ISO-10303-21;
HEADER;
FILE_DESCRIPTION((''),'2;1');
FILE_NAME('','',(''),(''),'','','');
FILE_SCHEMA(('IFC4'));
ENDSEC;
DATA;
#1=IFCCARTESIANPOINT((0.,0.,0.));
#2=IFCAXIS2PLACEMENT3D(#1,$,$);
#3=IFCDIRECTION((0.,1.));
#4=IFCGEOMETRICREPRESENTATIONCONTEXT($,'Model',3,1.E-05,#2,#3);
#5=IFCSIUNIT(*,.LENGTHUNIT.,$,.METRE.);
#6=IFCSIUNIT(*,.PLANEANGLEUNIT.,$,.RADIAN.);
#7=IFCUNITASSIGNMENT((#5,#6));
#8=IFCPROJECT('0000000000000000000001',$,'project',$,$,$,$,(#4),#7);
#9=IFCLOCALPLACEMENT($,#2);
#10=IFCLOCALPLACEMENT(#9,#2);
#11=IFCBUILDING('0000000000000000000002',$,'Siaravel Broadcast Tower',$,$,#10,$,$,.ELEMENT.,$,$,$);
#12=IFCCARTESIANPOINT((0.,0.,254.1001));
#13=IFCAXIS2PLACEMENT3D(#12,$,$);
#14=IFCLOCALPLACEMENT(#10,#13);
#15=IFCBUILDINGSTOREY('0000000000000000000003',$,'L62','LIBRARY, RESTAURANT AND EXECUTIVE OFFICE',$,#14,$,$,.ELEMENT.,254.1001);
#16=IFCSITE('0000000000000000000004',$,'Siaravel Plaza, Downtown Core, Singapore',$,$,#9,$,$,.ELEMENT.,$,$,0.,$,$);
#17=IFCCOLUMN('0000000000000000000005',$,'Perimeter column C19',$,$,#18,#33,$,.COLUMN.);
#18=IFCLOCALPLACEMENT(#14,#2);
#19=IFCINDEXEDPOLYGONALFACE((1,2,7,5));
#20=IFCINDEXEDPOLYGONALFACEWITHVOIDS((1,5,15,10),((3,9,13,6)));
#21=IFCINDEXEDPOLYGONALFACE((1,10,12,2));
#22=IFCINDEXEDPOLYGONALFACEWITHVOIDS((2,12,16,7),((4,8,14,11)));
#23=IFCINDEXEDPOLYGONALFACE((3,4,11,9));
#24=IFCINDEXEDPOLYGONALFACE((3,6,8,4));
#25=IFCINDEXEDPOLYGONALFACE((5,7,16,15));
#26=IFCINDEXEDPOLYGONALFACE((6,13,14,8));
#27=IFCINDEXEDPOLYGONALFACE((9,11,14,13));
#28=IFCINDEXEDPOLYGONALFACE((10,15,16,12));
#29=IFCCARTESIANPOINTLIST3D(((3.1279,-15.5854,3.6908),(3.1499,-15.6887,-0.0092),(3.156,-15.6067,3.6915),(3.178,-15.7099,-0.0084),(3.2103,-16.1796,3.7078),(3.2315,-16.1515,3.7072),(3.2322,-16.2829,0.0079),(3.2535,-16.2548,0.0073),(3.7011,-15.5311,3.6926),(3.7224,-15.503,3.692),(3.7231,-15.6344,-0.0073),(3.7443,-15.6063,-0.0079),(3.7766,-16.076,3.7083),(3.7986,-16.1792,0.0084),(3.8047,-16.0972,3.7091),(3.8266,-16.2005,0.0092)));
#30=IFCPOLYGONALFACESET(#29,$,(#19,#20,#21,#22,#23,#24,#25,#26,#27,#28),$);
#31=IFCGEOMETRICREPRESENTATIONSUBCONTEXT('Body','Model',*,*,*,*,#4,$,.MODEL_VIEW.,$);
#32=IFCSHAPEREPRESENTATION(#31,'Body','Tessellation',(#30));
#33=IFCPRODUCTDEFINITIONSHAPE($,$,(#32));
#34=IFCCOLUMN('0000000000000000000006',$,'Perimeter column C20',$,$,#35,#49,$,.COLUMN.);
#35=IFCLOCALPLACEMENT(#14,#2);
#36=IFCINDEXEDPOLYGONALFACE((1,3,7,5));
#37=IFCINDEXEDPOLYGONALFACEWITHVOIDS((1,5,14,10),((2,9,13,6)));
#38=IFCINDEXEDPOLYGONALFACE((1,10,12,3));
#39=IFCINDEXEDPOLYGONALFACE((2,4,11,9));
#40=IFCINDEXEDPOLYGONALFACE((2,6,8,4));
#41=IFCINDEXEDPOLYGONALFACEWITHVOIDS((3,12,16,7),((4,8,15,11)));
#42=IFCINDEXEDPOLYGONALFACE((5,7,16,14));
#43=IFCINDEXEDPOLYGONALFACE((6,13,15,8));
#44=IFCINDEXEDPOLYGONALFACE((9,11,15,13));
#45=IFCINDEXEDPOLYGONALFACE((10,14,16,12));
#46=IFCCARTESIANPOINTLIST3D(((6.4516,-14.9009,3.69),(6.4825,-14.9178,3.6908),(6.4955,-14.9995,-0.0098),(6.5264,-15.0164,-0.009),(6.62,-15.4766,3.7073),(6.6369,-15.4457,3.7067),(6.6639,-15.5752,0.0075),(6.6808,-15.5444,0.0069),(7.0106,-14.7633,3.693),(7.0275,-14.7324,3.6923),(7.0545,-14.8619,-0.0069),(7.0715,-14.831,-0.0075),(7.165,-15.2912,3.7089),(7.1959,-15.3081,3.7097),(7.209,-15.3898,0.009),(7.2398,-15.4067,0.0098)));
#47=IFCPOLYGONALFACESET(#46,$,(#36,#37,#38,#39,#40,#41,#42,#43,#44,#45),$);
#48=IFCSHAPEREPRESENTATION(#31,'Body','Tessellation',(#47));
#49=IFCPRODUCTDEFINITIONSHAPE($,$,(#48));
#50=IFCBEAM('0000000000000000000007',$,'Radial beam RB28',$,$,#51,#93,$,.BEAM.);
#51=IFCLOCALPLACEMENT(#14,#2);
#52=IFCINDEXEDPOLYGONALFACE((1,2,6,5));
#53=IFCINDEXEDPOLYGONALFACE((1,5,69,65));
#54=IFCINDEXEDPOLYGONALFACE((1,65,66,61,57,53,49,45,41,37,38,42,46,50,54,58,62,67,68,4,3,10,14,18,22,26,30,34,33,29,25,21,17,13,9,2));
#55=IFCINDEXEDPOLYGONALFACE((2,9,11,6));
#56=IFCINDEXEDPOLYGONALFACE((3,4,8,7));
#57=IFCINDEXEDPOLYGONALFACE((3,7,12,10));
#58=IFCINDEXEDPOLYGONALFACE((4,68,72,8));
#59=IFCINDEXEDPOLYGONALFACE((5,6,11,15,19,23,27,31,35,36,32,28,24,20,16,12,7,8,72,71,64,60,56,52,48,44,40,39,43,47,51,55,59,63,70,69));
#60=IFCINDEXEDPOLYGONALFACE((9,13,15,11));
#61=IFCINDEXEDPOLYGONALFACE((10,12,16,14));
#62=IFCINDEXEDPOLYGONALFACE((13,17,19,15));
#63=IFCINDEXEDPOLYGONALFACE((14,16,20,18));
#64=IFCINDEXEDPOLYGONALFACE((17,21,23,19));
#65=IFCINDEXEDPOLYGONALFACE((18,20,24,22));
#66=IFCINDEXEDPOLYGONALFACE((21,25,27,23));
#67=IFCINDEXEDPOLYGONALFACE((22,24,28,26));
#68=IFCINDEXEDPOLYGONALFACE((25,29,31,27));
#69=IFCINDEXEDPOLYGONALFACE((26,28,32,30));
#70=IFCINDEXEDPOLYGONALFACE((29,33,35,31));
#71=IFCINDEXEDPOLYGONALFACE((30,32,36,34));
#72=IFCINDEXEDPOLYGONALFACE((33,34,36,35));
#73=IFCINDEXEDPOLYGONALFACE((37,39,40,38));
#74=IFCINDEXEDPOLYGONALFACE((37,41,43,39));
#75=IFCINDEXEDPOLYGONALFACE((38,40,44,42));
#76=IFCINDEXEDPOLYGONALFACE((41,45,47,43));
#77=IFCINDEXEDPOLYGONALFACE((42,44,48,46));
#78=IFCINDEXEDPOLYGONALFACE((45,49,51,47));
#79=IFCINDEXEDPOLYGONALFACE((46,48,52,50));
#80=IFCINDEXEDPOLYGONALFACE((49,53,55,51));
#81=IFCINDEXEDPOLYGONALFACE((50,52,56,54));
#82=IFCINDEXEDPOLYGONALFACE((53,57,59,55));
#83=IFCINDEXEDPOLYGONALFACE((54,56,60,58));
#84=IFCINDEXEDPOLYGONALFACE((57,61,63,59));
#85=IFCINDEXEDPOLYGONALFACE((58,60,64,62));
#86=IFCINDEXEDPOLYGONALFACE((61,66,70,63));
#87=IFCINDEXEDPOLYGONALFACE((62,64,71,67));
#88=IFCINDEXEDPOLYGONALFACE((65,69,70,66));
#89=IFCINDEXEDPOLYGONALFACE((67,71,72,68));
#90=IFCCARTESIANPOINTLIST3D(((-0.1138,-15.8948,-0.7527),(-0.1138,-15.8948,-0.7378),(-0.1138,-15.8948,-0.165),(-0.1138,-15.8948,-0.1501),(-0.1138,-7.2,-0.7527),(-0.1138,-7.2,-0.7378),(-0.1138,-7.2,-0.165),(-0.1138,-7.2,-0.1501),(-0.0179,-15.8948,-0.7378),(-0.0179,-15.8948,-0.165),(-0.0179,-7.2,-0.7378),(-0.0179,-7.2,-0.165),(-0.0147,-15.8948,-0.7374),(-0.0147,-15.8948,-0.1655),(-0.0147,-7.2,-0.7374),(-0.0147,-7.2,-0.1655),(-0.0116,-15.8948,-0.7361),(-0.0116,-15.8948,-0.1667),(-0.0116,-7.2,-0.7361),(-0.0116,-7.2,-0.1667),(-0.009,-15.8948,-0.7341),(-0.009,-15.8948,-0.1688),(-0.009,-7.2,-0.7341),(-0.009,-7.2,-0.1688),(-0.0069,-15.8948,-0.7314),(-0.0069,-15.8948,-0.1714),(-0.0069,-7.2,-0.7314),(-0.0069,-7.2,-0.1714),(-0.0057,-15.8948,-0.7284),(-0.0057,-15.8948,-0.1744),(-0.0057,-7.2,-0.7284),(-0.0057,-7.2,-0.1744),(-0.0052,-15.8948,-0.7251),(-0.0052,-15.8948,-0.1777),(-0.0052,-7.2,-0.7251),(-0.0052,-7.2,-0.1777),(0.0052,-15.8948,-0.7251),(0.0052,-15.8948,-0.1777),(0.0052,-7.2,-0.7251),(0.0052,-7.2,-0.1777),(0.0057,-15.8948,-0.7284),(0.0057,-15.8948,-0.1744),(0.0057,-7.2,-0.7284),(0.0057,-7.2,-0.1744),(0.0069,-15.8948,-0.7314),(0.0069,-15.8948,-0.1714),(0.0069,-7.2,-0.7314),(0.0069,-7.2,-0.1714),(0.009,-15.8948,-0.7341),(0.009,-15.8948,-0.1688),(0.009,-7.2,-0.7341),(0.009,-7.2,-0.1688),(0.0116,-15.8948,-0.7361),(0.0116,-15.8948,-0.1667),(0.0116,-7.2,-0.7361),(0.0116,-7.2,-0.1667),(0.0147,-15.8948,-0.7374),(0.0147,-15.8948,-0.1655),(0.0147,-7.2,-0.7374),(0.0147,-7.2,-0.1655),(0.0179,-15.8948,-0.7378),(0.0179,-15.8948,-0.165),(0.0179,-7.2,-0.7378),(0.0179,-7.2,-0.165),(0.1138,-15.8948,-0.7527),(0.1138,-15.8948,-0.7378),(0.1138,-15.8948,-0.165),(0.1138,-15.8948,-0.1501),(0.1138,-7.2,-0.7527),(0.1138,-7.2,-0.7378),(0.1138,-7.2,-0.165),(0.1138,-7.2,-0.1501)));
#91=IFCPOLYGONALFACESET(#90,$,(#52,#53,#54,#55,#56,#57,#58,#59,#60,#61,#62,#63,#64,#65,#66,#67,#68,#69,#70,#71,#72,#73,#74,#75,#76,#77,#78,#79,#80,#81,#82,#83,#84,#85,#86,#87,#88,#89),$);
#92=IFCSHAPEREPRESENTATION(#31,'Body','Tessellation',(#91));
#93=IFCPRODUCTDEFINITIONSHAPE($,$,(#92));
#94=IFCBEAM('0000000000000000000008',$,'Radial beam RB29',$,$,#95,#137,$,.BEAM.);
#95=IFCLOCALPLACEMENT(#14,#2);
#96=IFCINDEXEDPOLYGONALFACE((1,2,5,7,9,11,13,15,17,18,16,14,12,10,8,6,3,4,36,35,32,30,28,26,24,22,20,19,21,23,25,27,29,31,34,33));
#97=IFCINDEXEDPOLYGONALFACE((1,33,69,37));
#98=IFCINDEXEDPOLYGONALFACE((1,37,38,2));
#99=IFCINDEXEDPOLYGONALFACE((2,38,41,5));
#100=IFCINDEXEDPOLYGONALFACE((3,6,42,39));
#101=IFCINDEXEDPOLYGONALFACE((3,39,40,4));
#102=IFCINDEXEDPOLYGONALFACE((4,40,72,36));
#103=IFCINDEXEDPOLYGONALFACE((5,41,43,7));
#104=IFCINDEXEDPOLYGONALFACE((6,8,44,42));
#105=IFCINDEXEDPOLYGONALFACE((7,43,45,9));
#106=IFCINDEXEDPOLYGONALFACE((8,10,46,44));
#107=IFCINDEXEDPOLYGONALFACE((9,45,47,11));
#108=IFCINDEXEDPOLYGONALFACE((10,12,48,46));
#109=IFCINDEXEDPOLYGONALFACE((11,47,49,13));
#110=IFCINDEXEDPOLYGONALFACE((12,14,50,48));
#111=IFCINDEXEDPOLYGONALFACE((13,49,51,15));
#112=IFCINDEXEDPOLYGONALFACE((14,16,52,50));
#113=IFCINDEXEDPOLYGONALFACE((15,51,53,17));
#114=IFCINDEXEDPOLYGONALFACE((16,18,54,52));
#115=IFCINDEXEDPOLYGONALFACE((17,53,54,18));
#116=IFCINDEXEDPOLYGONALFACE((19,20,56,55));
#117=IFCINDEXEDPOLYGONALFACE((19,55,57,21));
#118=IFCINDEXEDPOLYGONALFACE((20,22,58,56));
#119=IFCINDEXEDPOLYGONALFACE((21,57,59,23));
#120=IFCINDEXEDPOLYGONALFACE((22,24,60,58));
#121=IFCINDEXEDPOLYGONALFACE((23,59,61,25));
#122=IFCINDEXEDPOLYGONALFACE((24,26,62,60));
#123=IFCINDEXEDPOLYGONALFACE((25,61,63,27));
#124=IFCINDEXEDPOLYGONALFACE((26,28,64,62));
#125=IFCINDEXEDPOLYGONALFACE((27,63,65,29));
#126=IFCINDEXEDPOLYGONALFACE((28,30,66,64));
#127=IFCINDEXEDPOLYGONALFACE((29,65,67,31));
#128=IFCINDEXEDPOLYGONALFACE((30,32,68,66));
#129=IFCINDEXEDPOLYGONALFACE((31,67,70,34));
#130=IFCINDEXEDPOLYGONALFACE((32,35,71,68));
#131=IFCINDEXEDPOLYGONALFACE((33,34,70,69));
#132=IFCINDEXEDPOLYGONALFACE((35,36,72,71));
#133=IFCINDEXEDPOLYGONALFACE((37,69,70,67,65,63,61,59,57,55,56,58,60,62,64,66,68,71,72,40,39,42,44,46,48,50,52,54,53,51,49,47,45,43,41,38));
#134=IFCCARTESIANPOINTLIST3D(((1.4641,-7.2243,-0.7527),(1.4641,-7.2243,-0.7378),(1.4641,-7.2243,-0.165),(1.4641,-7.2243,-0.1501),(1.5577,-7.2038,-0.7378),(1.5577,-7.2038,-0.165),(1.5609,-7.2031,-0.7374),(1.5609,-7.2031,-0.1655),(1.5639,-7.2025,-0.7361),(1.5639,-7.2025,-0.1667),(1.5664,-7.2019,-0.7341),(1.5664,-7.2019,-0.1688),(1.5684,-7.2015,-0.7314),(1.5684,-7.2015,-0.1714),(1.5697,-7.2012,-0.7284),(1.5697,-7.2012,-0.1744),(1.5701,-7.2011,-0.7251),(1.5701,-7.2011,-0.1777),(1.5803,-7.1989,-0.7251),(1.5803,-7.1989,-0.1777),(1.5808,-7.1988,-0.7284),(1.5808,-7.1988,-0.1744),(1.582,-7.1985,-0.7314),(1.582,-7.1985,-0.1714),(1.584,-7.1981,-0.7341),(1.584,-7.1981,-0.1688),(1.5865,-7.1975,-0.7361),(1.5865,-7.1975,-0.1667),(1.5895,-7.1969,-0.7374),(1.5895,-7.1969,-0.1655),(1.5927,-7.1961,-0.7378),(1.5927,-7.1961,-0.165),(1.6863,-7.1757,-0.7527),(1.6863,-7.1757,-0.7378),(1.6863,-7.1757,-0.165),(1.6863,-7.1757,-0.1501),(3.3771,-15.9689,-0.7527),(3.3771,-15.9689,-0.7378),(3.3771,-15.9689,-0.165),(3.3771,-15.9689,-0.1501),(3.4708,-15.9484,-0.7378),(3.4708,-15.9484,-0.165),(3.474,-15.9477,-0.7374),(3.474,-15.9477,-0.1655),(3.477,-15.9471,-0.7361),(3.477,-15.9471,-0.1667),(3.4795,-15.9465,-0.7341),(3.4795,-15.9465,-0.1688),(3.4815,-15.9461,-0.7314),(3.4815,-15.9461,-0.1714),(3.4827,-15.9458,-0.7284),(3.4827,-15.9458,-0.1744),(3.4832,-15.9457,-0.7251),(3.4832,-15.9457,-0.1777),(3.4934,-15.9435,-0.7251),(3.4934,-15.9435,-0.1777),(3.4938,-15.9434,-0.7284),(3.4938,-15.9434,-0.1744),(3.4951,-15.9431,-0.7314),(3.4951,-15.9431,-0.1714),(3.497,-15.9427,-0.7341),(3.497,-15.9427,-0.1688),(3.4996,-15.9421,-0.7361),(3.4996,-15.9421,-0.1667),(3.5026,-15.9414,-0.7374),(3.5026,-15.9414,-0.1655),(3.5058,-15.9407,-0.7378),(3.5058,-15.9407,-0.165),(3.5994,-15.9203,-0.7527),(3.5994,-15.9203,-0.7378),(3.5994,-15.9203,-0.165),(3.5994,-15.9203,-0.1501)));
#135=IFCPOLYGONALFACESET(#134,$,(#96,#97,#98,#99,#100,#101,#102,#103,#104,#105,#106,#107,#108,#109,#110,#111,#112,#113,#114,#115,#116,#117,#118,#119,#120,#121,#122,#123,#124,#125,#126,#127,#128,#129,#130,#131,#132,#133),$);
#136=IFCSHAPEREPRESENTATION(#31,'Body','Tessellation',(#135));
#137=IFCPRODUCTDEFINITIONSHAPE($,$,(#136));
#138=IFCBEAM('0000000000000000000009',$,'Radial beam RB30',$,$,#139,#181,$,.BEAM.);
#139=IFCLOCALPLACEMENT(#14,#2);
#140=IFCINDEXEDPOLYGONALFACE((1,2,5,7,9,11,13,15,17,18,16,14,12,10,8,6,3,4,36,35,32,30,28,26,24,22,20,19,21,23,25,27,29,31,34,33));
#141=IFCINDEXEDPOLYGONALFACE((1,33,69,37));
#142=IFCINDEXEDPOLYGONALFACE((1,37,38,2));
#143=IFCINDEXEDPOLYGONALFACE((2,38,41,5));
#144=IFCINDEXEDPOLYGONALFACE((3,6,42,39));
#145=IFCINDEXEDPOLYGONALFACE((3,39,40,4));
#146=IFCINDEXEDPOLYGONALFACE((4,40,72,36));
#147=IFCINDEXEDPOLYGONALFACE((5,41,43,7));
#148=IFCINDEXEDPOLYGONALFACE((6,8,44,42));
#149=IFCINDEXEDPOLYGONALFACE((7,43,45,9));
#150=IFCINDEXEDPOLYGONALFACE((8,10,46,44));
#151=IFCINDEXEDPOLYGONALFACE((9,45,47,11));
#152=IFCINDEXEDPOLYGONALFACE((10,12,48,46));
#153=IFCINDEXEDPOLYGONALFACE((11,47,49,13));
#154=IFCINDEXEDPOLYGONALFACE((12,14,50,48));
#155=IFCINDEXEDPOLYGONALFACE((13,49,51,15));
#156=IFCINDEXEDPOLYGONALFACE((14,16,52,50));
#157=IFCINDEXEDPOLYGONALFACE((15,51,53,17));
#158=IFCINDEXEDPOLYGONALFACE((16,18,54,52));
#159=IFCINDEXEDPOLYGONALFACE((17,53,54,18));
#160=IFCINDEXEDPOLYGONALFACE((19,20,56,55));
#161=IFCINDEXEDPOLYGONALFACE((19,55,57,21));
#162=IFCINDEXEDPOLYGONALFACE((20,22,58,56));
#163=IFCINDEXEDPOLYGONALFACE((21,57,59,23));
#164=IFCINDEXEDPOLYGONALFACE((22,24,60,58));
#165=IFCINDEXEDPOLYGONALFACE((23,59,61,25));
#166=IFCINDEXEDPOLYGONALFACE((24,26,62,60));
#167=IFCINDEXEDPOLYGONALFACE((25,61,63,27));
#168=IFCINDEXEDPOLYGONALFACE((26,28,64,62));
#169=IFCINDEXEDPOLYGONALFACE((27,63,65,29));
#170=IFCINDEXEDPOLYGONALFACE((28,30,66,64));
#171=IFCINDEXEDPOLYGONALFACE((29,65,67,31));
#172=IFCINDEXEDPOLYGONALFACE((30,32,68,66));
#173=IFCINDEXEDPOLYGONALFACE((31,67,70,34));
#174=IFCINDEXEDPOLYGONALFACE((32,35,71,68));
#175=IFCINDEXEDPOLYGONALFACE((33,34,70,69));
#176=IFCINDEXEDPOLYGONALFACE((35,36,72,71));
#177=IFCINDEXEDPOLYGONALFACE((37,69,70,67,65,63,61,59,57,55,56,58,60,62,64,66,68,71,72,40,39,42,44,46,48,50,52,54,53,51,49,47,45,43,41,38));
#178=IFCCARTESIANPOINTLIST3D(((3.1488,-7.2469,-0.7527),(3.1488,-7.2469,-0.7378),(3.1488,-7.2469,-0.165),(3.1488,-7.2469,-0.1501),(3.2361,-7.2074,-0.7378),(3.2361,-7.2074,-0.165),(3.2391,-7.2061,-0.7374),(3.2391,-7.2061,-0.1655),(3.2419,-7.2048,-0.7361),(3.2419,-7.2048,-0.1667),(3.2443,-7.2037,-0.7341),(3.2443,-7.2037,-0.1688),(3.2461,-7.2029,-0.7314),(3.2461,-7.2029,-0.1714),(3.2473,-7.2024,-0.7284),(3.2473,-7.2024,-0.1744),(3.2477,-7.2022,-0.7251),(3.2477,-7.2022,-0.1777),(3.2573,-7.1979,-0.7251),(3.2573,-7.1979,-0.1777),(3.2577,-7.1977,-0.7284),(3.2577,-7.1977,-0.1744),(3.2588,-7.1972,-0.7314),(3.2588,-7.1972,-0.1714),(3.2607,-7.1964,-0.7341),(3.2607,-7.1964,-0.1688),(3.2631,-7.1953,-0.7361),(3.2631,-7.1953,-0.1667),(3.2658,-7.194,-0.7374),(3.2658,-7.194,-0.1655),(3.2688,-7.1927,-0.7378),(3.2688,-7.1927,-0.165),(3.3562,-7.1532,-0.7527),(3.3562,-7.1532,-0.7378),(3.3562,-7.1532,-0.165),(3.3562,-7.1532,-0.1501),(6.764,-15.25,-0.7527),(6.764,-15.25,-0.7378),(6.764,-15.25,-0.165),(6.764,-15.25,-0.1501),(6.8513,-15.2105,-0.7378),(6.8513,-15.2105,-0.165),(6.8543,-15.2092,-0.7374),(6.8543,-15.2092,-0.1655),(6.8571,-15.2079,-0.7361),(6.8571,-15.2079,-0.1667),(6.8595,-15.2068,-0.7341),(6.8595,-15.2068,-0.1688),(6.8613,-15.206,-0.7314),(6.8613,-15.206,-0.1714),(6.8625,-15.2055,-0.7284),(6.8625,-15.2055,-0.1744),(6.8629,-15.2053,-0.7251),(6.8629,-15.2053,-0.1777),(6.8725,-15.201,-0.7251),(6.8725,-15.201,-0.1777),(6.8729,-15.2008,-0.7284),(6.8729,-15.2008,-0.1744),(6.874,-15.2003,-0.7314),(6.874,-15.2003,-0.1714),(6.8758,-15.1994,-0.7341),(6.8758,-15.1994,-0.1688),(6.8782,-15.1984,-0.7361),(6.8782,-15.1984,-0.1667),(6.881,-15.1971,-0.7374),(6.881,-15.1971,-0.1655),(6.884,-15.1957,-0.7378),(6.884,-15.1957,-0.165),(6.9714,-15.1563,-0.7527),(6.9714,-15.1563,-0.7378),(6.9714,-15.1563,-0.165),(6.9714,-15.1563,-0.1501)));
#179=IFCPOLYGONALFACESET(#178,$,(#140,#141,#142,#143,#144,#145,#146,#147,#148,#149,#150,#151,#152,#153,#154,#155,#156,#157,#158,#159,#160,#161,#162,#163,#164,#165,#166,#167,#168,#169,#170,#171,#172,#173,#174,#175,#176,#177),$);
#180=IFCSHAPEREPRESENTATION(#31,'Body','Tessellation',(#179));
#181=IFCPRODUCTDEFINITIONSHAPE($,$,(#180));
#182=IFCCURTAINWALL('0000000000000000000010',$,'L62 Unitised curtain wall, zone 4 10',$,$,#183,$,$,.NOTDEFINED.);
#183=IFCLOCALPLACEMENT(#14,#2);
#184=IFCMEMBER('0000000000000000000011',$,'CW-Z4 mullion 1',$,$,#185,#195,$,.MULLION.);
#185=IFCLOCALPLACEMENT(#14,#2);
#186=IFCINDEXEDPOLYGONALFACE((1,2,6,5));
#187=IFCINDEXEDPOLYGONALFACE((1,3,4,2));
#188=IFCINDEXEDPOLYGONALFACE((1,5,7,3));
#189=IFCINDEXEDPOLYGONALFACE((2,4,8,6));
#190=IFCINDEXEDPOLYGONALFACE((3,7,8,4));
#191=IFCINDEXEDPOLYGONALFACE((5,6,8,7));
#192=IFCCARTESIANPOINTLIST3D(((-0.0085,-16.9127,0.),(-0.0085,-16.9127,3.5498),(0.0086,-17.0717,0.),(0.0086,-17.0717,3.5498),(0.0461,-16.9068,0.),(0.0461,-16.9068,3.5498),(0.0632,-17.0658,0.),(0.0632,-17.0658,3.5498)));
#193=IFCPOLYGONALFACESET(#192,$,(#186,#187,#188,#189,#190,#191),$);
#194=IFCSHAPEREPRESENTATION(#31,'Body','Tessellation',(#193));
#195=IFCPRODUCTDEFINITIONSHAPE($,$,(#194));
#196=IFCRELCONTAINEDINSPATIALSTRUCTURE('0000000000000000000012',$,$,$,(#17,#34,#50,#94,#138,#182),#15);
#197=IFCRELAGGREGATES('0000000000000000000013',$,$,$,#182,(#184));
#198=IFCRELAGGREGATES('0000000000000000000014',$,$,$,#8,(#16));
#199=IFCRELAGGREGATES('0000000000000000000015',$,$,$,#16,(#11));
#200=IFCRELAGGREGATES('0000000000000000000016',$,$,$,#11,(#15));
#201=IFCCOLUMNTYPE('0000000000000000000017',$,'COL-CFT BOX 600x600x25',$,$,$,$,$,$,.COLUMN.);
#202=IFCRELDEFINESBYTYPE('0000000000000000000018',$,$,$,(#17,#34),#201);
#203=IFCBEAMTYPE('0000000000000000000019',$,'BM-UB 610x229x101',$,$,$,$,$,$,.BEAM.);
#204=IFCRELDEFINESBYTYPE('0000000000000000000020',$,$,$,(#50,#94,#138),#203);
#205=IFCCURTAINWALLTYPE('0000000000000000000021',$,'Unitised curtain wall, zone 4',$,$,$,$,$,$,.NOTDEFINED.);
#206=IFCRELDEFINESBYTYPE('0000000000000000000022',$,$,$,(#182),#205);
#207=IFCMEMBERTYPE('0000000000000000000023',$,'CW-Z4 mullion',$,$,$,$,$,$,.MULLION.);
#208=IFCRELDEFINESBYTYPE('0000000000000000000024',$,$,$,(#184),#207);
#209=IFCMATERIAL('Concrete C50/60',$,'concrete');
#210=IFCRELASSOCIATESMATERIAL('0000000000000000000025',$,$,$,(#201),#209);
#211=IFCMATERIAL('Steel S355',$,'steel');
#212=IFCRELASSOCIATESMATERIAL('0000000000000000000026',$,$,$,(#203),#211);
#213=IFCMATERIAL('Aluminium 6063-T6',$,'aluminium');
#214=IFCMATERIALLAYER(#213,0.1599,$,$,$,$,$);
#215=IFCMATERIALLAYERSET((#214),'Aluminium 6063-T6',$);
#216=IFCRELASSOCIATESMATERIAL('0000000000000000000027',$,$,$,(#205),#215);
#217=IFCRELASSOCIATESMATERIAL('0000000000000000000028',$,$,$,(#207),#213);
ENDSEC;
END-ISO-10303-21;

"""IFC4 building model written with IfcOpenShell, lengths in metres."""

from ifc_helpers import new_model, si_unit, direction, frame, origin, origin_2d, place, context, subcontext, project, spatial, rectangle, hollow_rectangle, i_section, extrude, material, layer, layer_set, material_profile, profile_set, type_object, element, aggregate, save


model = new_model("IFC4")

# Units and contexts
model_context = context("Model", 3, precision=1e-05, world=origin(), true_north=direction((0.0, 1.0)))
body_context = subcontext(model_context, "Body", "Model", "MODEL_VIEW")
ifc_project = project(units=[si_unit("LENGTHUNIT", "METRE"), si_unit("PLANEANGLEUNIT", "RADIAN")], contexts=[model_context])

# Site, building, storey
site_placement = place(None, origin())
site = spatial("IfcSite", under=ifc_project, at=site_placement, Name="Siaravel Plaza, Downtown Core, Singapore", CompositionType="ELEMENT", RefElevation=0.0)
building_placement = place(site_placement, origin())
building = spatial("IfcBuilding", under=site, at=building_placement, Name="Siaravel Broadcast Tower", CompositionType="ELEMENT")
storey_placement = place(building_placement, frame((0.0, 0.0, 254.1001)))
storey = spatial("IfcBuildingStorey", under=building, at=storey_placement, Name="L62", Description="LIBRARY, RESTAURANT AND EXECUTIVE OFFICE", CompositionType="ELEMENT", Elevation=254.1001)

# Columns
ifc_material_1 = material(Name="Concrete C50/60", Category="concrete")
ifc_material_profile_1 = material_profile(ifc_material_1, hollow_rectangle(XDim=0.6001, YDim=0.6001, WallThickness=0.0249, at=origin_2d()))
ifc_profile_set_1 = profile_set([ifc_material_profile_1], Name="Concrete C50/60")
column_type = type_object("IfcColumnType", Name="COL-CFT BOX 600x600x25", PredefinedType="COLUMN", material=ifc_profile_set_1)
for number, where, z_axis, x_axis, name in (
    (1, (3.4883, -15.9446, 0.0), (-0.005936, 0.0279, 0.999593), (-0.990529, -0.137291, -0.00205), "Perimeter column C19"),
    (2, (6.8677, -15.2031, 0.0), (-0.011872, 0.026647, 0.999574), (-0.959752, -0.280821, -0.003913), "Perimeter column C20"),
):
    element("IfcColumn", number, at=place(storey_placement, frame(where, z_axis=z_axis, x_axis=x_axis)), inside=storey, type_object=column_type, Name=name, PredefinedType="COLUMN", context=body_context, shape_type="SweptSolid", body=[
        extrude(hollow_rectangle(XDim=0.6001, YDim=0.6001, WallThickness=0.0249, at=origin_2d()), origin(), (0.0, 0.0, 1.0), 3.7014),
    ])

# Beams
ifc_material_2 = material(Name="Steel S355", Category="steel")
ifc_material_profile_2 = material_profile(ifc_material_2, i_section(OverallWidth=0.2275, OverallDepth=0.6025, WebThickness=0.0105, FlangeThickness=0.0149, FilletRadius=0.0127, at=origin_2d()))
ifc_profile_set_2 = profile_set([ifc_material_profile_2], Name="Steel S355")
beam_type = type_object("IfcBeamType", Name="BM-UB 610x229x101", PredefinedType="BEAM", material=ifc_profile_set_2)
beam_1_placement = place(storey_placement, frame((0.0, -15.8948, -0.4514), z_axis=(0.0, 1.0, 0.0), x_axis=(-1.0, 0.0, 0.0)))
element("IfcBeam", 3, at=beam_1_placement, inside=storey, type_object=beam_type, Name="Radial beam RB28", PredefinedType="BEAM", context=body_context, shape_type="SweptSolid", body=[
    extrude(i_section(OverallWidth=0.2275, OverallDepth=0.6025, WebThickness=0.0105, FlangeThickness=0.0149, FilletRadius=0.0127, at=origin_2d()), origin(), (0.0, 0.0, 1.0), 8.6948),
])
beam_2_placement = place(storey_placement, frame((3.4883, -15.9446, -0.4514), z_axis=(-0.213718, 0.976895, 0.0), x_axis=(-0.976895, -0.213718, 0.0)))
element("IfcBeam", 4, at=beam_2_placement, inside=storey, type_object=beam_type, Name="Radial beam RB29", PredefinedType="BEAM", context=body_context, shape_type="SweptSolid", body=[
    extrude(i_section(OverallWidth=0.2275, OverallDepth=0.6025, WebThickness=0.0105, FlangeThickness=0.0149, FilletRadius=0.0127, at=origin_2d()), origin(), (0.0, 0.0, 1.0), 8.9514),
])
beam_3_placement = place(storey_placement, frame((6.8677, -15.2031, -0.4514), z_axis=(-0.411672, 0.911332, 0.0), x_axis=(-0.911332, -0.411672, 0.0)))
element("IfcBeam", 5, at=beam_3_placement, inside=storey, type_object=beam_type, Name="Radial beam RB30", PredefinedType="BEAM", context=body_context, shape_type="SweptSolid", body=[
    extrude(i_section(OverallWidth=0.2275, OverallDepth=0.6025, WebThickness=0.0105, FlangeThickness=0.0149, FilletRadius=0.0127, at=origin_2d()), origin(), (0.0, 0.0, 1.0), 8.7817),
])

# Curtain wall, member
ifc_material_3 = material(Name="Aluminium 6063-T6", Category="aluminium")
ifc_layer_1 = layer(ifc_material_3, 0.1599)
ifc_layer_set_1 = layer_set([ifc_layer_1], Name="Aluminium 6063-T6")
curtain_wall_type = type_object("IfcCurtainWallType", Name="Unitised curtain wall, zone 4", PredefinedType="NOTDEFINED", material=ifc_layer_set_1)
curtain_wall_1_placement = place(storey_placement, origin())
curtain_wall_1 = element("IfcCurtainWall", 6, at=curtain_wall_1_placement, inside=storey, type_object=curtain_wall_type, Name="L62 Unitised curtain wall, zone 4 10", PredefinedType="NOTDEFINED")
ifc_material_profile_3 = material_profile(ifc_material_3, rectangle(XDim=0.1599, YDim=0.0549, at=origin_2d()))
ifc_profile_set_3 = profile_set([ifc_material_profile_3], Name="Aluminium 6063-T6")
member_type_1 = type_object("IfcMemberType", Name="CW-Z4 mullion", PredefinedType="MULLION", material=ifc_profile_set_3)
member_1_placement = place(storey_placement, frame((0.0273, -16.9893, 0.0), z_axis=(0.0, 0.0, 1.0), x_axis=(-0.107218, 0.994236, 0.0)))
member_1 = element("IfcMember", 7, at=member_1_placement, type_object=member_type_1, Name="CW-Z4 mullion 1", PredefinedType="MULLION", context=body_context, shape_type="SweptSolid", body=[
    extrude(rectangle(XDim=0.1599, YDim=0.0549, at=origin_2d()), origin(), (0.0, 0.0, 1.0), 3.5498),
])

aggregate(curtain_wall_1, [member_1])

save(model, "model.ifc")
